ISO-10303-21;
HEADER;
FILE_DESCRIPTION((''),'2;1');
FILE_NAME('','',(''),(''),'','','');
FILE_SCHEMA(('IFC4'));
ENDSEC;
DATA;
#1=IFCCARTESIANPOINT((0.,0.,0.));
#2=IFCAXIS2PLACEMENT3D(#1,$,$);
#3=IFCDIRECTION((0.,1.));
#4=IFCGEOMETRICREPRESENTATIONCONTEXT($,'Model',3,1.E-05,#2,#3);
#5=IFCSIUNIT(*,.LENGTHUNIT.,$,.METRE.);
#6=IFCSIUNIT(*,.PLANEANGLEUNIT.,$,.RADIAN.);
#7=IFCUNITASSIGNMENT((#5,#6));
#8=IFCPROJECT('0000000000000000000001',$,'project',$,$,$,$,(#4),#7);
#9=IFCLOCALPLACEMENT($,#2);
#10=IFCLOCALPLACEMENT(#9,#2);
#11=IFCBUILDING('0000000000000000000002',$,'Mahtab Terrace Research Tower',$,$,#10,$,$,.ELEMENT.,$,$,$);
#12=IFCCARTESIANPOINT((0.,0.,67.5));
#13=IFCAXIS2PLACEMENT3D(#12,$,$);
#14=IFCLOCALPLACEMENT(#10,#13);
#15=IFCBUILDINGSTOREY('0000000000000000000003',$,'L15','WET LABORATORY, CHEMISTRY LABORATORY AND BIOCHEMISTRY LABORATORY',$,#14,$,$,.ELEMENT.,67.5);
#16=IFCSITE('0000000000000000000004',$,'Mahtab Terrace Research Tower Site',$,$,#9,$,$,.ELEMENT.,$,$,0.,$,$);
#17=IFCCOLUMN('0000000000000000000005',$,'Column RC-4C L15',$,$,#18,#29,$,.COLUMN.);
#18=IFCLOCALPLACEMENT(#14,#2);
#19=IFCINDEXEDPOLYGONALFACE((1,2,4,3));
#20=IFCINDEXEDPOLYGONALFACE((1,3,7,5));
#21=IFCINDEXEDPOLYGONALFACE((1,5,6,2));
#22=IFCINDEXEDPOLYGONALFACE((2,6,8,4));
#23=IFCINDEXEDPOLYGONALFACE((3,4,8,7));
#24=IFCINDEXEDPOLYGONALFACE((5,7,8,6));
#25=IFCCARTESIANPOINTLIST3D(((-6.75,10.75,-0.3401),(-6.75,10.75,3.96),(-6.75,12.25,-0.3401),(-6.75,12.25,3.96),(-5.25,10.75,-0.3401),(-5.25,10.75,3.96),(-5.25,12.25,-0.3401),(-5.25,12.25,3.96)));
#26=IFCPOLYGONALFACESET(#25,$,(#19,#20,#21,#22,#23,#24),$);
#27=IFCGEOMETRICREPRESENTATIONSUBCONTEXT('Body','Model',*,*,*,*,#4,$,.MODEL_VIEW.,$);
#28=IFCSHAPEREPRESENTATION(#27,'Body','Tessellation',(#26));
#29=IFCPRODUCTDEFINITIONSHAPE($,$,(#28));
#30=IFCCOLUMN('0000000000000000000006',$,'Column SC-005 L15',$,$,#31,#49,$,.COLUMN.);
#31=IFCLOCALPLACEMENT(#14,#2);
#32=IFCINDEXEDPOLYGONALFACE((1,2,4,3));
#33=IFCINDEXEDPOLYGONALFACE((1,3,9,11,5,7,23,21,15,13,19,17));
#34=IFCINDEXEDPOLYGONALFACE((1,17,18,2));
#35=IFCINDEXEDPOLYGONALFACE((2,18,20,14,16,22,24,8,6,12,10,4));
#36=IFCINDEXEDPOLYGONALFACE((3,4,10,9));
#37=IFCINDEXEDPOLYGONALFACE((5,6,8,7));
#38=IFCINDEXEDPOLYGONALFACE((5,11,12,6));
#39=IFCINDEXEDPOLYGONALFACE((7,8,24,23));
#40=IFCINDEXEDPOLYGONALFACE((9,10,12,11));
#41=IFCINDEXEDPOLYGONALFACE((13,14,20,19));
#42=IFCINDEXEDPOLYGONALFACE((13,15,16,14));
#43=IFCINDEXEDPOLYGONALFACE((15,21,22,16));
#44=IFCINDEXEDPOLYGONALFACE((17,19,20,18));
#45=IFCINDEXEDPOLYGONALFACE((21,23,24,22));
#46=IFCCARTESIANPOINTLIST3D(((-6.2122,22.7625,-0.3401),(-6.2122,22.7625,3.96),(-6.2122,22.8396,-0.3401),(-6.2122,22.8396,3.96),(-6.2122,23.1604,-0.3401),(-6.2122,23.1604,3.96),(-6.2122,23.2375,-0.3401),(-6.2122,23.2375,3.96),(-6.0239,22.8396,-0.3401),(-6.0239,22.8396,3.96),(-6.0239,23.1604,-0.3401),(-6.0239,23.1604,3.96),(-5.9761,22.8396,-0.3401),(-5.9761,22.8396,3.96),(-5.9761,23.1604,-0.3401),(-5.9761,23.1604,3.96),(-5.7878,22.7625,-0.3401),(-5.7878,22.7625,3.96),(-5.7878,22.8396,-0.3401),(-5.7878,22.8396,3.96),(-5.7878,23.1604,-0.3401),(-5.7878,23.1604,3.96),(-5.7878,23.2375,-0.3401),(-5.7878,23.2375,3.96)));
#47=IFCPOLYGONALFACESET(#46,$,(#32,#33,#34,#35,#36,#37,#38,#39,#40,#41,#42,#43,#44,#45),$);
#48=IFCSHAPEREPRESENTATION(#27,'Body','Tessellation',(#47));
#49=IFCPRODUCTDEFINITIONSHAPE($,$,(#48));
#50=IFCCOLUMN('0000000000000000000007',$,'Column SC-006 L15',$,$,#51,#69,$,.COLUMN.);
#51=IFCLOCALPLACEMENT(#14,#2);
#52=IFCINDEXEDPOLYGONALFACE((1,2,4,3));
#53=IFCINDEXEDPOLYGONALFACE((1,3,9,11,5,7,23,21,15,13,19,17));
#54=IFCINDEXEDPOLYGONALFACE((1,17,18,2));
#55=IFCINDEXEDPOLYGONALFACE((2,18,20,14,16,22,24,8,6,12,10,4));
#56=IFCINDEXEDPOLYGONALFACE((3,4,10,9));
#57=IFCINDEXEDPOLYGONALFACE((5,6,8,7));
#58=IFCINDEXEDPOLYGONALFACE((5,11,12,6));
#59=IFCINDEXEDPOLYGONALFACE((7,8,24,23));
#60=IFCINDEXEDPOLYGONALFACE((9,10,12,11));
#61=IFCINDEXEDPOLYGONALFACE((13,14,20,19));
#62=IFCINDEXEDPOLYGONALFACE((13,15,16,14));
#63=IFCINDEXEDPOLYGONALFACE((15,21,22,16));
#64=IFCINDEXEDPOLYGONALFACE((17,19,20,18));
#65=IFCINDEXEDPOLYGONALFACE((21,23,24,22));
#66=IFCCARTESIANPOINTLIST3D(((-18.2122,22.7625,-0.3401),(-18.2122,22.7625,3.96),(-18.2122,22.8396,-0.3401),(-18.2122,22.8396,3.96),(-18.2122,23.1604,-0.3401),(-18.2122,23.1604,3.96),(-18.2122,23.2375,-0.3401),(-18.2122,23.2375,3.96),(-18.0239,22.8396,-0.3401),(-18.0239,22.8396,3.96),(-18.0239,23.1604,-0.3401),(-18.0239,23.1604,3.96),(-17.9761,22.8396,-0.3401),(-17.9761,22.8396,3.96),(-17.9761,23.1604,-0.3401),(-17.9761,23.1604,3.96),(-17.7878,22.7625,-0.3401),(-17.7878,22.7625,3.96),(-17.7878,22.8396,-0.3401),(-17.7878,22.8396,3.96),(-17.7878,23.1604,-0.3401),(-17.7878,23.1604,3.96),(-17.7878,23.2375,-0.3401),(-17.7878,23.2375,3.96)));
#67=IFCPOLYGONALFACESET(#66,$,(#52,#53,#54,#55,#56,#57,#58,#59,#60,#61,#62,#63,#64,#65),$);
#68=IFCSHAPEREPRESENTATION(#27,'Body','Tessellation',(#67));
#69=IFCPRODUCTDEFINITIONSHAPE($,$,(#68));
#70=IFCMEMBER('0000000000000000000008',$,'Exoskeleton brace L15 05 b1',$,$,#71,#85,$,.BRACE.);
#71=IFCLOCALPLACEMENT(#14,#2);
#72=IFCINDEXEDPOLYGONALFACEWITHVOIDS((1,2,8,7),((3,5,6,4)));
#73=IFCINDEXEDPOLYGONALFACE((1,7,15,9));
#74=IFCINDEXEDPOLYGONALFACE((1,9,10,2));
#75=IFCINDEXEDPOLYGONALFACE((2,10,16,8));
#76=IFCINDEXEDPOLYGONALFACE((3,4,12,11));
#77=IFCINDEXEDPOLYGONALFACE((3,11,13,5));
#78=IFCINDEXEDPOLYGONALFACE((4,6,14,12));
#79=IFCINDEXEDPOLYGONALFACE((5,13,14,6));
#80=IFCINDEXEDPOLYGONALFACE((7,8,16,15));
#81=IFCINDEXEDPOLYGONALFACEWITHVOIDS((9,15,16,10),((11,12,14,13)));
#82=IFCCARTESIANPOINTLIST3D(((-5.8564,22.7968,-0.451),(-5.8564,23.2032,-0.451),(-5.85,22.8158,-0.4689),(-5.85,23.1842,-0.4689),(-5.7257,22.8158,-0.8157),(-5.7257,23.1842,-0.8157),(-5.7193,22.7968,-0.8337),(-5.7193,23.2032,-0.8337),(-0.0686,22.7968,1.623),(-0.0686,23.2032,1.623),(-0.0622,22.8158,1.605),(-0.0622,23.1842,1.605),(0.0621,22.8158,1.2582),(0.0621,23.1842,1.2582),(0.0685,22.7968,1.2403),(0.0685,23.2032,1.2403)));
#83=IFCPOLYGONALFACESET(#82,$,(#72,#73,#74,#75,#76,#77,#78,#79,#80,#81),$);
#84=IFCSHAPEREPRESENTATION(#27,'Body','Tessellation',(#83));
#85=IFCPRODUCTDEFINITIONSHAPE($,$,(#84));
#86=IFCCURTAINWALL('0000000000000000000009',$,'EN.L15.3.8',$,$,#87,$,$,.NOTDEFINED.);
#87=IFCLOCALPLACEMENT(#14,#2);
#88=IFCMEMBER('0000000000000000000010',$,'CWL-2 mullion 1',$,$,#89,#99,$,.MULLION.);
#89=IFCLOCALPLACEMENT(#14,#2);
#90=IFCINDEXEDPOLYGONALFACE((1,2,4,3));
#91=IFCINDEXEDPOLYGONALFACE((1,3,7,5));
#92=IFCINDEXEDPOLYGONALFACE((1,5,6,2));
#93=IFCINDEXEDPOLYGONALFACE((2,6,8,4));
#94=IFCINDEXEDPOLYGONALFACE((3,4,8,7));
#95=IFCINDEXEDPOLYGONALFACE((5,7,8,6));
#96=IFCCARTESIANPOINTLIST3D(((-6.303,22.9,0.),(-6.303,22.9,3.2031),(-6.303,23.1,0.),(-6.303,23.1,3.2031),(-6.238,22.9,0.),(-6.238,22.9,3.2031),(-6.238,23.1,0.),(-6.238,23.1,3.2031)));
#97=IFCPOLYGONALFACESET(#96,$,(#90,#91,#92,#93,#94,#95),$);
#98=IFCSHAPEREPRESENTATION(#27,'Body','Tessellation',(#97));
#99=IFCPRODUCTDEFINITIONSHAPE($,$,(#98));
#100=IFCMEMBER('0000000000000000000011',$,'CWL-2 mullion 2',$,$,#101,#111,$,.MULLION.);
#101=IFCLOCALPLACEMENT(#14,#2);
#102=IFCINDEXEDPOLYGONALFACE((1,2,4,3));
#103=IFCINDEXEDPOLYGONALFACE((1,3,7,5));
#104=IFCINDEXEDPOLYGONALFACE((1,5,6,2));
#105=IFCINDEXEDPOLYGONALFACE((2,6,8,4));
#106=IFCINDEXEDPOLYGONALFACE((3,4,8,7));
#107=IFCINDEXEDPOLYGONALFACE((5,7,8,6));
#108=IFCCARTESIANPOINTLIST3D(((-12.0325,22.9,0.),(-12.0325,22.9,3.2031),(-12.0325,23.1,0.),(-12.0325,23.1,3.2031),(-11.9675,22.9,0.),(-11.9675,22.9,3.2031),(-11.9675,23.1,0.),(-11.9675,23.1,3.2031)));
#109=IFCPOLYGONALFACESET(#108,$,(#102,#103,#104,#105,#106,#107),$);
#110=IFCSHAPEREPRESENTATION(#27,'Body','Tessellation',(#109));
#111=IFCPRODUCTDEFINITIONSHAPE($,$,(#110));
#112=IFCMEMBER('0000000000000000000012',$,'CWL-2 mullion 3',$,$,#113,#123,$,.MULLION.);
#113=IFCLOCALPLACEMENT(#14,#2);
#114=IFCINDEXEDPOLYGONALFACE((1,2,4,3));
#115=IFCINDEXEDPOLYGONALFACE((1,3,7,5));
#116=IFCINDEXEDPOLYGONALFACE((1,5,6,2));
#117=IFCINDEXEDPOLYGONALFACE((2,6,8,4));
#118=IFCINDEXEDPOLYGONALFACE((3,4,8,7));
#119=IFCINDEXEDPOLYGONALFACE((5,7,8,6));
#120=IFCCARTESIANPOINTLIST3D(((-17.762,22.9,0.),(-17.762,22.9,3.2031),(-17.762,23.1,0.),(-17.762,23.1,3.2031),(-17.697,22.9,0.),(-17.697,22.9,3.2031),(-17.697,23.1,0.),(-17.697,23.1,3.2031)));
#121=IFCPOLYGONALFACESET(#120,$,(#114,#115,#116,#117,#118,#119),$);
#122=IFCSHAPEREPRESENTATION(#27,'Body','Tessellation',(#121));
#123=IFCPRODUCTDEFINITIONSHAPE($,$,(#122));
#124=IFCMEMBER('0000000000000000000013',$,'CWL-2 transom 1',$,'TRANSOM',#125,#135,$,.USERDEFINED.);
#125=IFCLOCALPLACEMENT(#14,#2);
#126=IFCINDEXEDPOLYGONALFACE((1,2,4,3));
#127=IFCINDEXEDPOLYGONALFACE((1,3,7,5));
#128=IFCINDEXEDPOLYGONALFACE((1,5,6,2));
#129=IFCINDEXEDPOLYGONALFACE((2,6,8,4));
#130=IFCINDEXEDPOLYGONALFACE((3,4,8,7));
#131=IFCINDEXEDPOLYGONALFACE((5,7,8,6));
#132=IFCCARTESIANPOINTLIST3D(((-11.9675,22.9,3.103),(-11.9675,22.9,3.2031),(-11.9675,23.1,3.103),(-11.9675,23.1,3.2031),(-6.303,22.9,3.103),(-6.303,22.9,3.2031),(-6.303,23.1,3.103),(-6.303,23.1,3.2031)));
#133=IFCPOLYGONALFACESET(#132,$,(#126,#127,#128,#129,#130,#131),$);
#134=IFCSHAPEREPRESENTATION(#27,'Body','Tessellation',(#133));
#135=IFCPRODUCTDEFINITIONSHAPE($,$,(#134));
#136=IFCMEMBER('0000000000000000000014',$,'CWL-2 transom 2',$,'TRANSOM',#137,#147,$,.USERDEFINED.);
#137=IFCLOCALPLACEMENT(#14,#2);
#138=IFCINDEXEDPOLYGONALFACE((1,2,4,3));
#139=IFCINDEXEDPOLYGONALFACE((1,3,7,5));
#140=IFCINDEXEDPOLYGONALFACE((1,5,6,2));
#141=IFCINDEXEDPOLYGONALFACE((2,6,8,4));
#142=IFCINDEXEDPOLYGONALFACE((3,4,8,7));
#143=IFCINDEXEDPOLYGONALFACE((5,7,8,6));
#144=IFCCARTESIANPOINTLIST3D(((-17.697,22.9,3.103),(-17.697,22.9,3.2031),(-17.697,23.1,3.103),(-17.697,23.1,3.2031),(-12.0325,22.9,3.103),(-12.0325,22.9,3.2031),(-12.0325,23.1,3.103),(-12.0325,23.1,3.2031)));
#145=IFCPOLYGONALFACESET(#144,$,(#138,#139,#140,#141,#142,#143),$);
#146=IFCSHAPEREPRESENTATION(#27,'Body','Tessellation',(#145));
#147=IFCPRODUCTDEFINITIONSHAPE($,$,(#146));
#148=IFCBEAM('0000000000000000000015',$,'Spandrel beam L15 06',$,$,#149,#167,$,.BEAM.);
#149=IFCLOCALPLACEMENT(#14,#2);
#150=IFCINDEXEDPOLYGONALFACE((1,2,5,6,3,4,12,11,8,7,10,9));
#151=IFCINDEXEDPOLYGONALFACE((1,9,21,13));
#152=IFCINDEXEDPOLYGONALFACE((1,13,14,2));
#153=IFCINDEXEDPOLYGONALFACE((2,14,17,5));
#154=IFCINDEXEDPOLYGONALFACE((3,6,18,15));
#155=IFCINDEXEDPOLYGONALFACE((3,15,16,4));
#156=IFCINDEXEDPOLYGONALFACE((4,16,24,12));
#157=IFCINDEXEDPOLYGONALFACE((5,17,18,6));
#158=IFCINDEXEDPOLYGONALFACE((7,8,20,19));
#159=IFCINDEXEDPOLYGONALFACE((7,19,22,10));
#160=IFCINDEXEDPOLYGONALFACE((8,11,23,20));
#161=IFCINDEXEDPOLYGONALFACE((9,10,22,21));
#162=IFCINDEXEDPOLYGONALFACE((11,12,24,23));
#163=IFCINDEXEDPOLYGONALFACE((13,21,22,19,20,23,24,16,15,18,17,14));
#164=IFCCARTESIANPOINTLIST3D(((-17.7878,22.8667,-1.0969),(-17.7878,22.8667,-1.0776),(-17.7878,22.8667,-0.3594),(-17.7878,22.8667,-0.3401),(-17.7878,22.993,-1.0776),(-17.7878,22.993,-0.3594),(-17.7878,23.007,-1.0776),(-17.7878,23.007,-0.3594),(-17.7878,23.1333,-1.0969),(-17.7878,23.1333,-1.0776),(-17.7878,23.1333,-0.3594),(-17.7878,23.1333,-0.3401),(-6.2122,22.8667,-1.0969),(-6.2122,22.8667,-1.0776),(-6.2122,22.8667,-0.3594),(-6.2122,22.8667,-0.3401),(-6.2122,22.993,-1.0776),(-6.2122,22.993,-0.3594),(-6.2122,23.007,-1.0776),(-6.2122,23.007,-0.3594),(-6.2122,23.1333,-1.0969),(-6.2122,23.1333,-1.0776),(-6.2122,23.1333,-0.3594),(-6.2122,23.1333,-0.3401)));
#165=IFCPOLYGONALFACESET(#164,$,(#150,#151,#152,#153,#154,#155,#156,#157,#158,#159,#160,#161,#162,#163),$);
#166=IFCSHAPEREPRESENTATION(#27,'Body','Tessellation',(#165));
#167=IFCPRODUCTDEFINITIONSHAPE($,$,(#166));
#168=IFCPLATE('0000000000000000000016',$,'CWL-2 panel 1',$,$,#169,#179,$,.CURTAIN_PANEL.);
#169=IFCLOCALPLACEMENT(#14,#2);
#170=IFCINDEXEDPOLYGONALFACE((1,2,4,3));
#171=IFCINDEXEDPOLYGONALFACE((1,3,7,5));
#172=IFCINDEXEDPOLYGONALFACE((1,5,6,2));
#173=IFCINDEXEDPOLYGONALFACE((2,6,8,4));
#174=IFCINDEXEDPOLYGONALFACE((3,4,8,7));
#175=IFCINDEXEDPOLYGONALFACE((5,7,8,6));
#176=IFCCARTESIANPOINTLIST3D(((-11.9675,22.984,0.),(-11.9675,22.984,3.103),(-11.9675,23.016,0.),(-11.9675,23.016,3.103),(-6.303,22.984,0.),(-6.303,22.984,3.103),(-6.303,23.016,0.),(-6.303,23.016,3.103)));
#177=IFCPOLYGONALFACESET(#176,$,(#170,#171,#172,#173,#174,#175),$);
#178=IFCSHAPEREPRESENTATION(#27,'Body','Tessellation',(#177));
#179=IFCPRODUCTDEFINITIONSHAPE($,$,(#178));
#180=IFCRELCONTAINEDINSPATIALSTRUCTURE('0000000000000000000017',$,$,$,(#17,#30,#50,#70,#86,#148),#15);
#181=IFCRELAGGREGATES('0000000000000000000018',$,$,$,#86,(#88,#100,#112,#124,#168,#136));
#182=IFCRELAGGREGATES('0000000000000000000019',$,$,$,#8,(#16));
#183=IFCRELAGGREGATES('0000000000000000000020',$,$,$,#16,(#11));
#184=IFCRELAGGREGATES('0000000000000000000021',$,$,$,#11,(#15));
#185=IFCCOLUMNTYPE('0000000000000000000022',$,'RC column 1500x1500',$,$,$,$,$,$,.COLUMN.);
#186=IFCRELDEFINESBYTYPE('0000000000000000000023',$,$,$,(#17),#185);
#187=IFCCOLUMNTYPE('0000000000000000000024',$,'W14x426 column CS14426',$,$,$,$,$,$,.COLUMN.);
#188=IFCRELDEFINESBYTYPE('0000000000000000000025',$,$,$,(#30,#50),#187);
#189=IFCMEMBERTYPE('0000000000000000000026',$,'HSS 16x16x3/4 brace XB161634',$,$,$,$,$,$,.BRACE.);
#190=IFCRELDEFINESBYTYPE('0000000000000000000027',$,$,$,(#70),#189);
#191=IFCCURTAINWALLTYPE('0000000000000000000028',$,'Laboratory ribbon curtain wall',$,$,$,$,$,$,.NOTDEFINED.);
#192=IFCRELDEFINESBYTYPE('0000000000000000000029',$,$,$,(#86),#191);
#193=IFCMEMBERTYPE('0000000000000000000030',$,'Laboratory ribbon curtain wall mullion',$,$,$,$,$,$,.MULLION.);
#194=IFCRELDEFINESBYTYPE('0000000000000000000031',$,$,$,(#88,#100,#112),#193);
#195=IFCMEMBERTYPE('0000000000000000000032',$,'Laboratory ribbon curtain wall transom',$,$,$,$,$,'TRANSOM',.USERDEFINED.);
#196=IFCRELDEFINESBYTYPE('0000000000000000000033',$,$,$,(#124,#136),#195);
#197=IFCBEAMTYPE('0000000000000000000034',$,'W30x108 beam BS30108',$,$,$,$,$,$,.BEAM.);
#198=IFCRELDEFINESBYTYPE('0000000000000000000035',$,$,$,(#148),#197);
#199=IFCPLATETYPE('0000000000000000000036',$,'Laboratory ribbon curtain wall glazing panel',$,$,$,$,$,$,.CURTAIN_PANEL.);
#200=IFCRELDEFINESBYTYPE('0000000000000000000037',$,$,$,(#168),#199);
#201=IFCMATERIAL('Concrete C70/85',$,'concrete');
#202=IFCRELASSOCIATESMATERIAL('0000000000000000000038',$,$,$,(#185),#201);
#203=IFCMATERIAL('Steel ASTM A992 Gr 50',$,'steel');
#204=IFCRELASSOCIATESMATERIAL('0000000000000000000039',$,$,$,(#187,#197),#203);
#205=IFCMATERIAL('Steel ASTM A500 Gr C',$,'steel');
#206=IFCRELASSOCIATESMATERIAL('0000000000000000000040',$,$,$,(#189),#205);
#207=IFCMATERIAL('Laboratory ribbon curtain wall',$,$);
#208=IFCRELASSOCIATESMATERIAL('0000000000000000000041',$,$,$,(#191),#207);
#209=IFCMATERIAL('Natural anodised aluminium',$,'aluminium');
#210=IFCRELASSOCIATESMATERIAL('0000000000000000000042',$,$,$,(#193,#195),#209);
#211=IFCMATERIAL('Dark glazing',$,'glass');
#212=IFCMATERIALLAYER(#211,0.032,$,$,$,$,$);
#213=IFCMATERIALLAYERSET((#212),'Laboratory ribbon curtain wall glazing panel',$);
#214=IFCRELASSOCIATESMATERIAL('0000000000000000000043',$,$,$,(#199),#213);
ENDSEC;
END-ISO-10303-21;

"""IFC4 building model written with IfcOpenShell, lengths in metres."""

from ifc_helpers import new_model, si_unit, direction, frame, origin, origin_2d, place, context, subcontext, project, spatial, rectangle, hollow_rectangle, i_section, extrude, material, layer, layer_set, material_profile, profile_set, type_object, element, aggregate, save


model = new_model("IFC4")

# Units and contexts
model_context = context("Model", 3, precision=1e-05, world=origin(), true_north=direction((0.0, 1.0)))
body_context = subcontext(model_context, "Body", "Model", "MODEL_VIEW")
ifc_project = project(units=[si_unit("LENGTHUNIT", "METRE"), si_unit("PLANEANGLEUNIT", "RADIAN")], contexts=[model_context])

# Site, building, storey
site_placement = place(None, origin())
site = spatial("IfcSite", under=ifc_project, at=site_placement, Name="Mahtab Terrace Research Tower Site", CompositionType="ELEMENT", RefElevation=0.0)
building_placement = place(site_placement, origin())
building = spatial("IfcBuilding", under=site, at=building_placement, Name="Mahtab Terrace Research Tower", CompositionType="ELEMENT")
storey_placement = place(building_placement, frame((0.0, 0.0, 67.5)))
storey = spatial("IfcBuildingStorey", under=building, at=storey_placement, Name="L15", Description="WET LABORATORY, CHEMISTRY LABORATORY AND BIOCHEMISTRY LABORATORY", CompositionType="ELEMENT", Elevation=67.5)

# Columns
ifc_material_1 = material(Name="Concrete C70/85", Category="concrete")
ifc_material_profile_1 = material_profile(ifc_material_1, rectangle(XDim=1.5, YDim=1.5, at=origin_2d()), Name="RC column 1500x1500")
ifc_profile_set_1 = profile_set([ifc_material_profile_1], Name="Concrete C70/85")
column_type_1 = type_object("IfcColumnType", Name="RC column 1500x1500", PredefinedType="COLUMN", material=ifc_profile_set_1)
column_placement = place(storey_placement, frame((-6.0, 11.5, -0.3401), z_axis=(0.0, 0.0, 1.0), x_axis=(1.0, 0.0, 0.0)))
element("IfcColumn", 1, at=column_placement, inside=storey, type_object=column_type_1, Name="Column RC-4C L15", PredefinedType="COLUMN", context=body_context, shape_type="SweptSolid", body=[
    extrude(rectangle(XDim=1.5, YDim=1.5, at=origin_2d()), origin(), (0.0, 0.0, 1.0), 4.3),
])
ifc_material_2 = material(Name="Steel ASTM A992 Gr 50", Category="steel")
ifc_material_profile_2 = material_profile(ifc_material_2, i_section(OverallWidth=0.4243, OverallDepth=0.4751, WebThickness=0.0479, FlangeThickness=0.0771, at=origin_2d()), Name="W14X426")
ifc_profile_set_2 = profile_set([ifc_material_profile_2], Name="Steel ASTM A992 Gr 50")
column_type_2 = type_object("IfcColumnType", Name="W14x426 column CS14426", PredefinedType="COLUMN", material=ifc_profile_set_2)
for number, where, z_axis, x_axis, name in (
    (2, (-6.0, 23.0, -0.3401), (0.0, 0.0, 1.0), (1.0, 0.0, 0.0), "Column SC-005 L15"),
    (3, (-18.0, 23.0, -0.3401), (0.0, 0.0, 1.0), (1.0, 0.0, 0.0), "Column SC-006 L15"),
):
    element("IfcColumn", number, at=place(storey_placement, frame(where, z_axis=z_axis, x_axis=x_axis)), inside=storey, type_object=column_type_2, Name=name, PredefinedType="COLUMN", context=body_context, shape_type="SweptSolid", body=[
        extrude(i_section(OverallWidth=0.4243, OverallDepth=0.4751, WebThickness=0.0479, FlangeThickness=0.0771, at=origin_2d()), origin(), (0.0, 0.0, 1.0), 4.3),
    ])

# Member
ifc_material_3 = material(Name="Steel ASTM A500 Gr C", Category="steel")
ifc_material_profile_3 = material_profile(ifc_material_3, hollow_rectangle(XDim=0.4065, YDim=0.4065, WallThickness=0.019, at=origin_2d()), Name="HSS16X16X3/4")
ifc_profile_set_3 = profile_set([ifc_material_profile_3], Name="Steel ASTM A500 Gr C")
member_type_1 = type_object("IfcMemberType", Name="HSS 16x16x3/4 brace XB161634", PredefinedType="BRACE", material=ifc_profile_set_3)
member_1_placement = place(storey_placement, frame((-5.7878, 23.0, -0.6423), z_axis=(0.941387, 0.0, 0.33733), x_axis=(0.0, 1.0, 0.0)))
element("IfcMember", 4, at=member_1_placement, inside=storey, type_object=member_type_1, Name="Exoskeleton brace L15 05 b1", PredefinedType="BRACE", context=body_context, shape_type="SweptSolid", body=[
    extrude(hollow_rectangle(XDim=0.4065, YDim=0.4065, WallThickness=0.019, at=origin_2d()), origin(), (0.0, 0.0, 1.0), 6.1482),
])

# Curtain wall, members
ifc_material_4 = material(Name="Laboratory ribbon curtain wall")
curtain_wall_type = type_object("IfcCurtainWallType", Name="Laboratory ribbon curtain wall", PredefinedType="NOTDEFINED", material=ifc_material_4)
curtain_wall_placement = place(storey_placement, origin())
curtain_wall = element("IfcCurtainWall", 5, at=curtain_wall_placement, inside=storey, type_object=curtain_wall_type, Name="EN.L15.3.8", PredefinedType="NOTDEFINED")
ifc_material_5 = material(Name="Natural anodised aluminium", Category="aluminium")
ifc_material_profile_4 = material_profile(ifc_material_5, rectangle(XDim=0.2, YDim=0.0649, at=origin_2d()), Name="MULLION 65x200")
ifc_profile_set_4 = profile_set([ifc_material_profile_4], Name="Natural anodised aluminium")
member_type_2 = type_object("IfcMemberType", Name="Laboratory ribbon curtain wall mullion", PredefinedType="MULLION", material=ifc_profile_set_4)
member_2_placement = place(storey_placement, frame((-6.2705, 23.0, 0.0), z_axis=(0.0, 0.0, 1.0), x_axis=(0.0, -1.0, 0.0)))
member_2 = element("IfcMember", 6, at=member_2_placement, type_object=member_type_2, Name="CWL-2 mullion 1", PredefinedType="MULLION", context=body_context, shape_type="SweptSolid", body=[
    extrude(rectangle(XDim=0.2, YDim=0.0649, at=origin_2d()), origin(), (0.0, 0.0, 1.0), 3.2031),
])
member_3_placement = place(storey_placement, frame((-12.0, 23.0, 0.0), z_axis=(0.0, 0.0, 1.0), x_axis=(0.0, -1.0, 0.0)))
member_3 = element("IfcMember", 7, at=member_3_placement, type_object=member_type_2, Name="CWL-2 mullion 2", PredefinedType="MULLION", context=body_context, shape_type="SweptSolid", body=[
    extrude(rectangle(XDim=0.2, YDim=0.0649, at=origin_2d()), origin(), (0.0, 0.0, 1.0), 3.2031),
])
member_4_placement = place(storey_placement, frame((-17.7295, 23.0, 0.0), z_axis=(0.0, 0.0, 1.0), x_axis=(0.0, -1.0, 0.0)))
member_4 = element("IfcMember", 8, at=member_4_placement, type_object=member_type_2, Name="CWL-2 mullion 3", PredefinedType="MULLION", context=body_context, shape_type="SweptSolid", body=[
    extrude(rectangle(XDim=0.2, YDim=0.0649, at=origin_2d()), origin(), (0.0, 0.0, 1.0), 3.2031),
])
ifc_material_profile_5 = material_profile(ifc_material_5, rectangle(XDim=0.2, YDim=0.1001, at=origin_2d()), Name="TRANSOM 100x200")
ifc_profile_set_5 = profile_set([ifc_material_profile_5], Name="Natural anodised aluminium")
member_type_3 = type_object("IfcMemberType", Name="Laboratory ribbon curtain wall transom", ElementType="TRANSOM", PredefinedType="USERDEFINED", material=ifc_profile_set_5)
member_5_placement = place(storey_placement, frame((-6.303, 23.0, 3.1531), z_axis=(-1.0, 0.0, 0.0), x_axis=(0.0, -1.0, 0.0)))
member_5 = element("IfcMember", 9, at=member_5_placement, type_object=member_type_3, Name="CWL-2 transom 1", ObjectType="TRANSOM", PredefinedType="USERDEFINED", context=body_context, shape_type="SweptSolid", body=[
    extrude(rectangle(XDim=0.2, YDim=0.1001, at=origin_2d()), origin(), (0.0, 0.0, 1.0), 5.6646),
])
member_6_placement = place(storey_placement, frame((-12.0325, 23.0, 3.1531), z_axis=(-1.0, 0.0, 0.0), x_axis=(0.0, -1.0, 0.0)))
member_6 = element("IfcMember", 10, at=member_6_placement, type_object=member_type_3, Name="CWL-2 transom 2", ObjectType="TRANSOM", PredefinedType="USERDEFINED", context=body_context, shape_type="SweptSolid", body=[
    extrude(rectangle(XDim=0.2, YDim=0.1001, at=origin_2d()), origin(), (0.0, 0.0, 1.0), 5.6646),
])

# Beam
ifc_material_profile_6 = material_profile(ifc_material_2, i_section(OverallWidth=0.2666, OverallDepth=0.7568, WebThickness=0.0139, FlangeThickness=0.0193, at=origin_2d()), Name="W30X108")
ifc_profile_set_6 = profile_set([ifc_material_profile_6], Name="Steel ASTM A992 Gr 50")
beam_type = type_object("IfcBeamType", Name="W30x108 beam BS30108", PredefinedType="BEAM", material=ifc_profile_set_6)
beam_placement = place(storey_placement, frame((-6.2122, 23.0, -0.7185), z_axis=(-1.0, 0.0, 0.0), x_axis=(0.0, -1.0, 0.0)))
element("IfcBeam", 11, at=beam_placement, inside=storey, type_object=beam_type, Name="Spandrel beam L15 06", PredefinedType="BEAM", context=body_context, shape_type="SweptSolid", body=[
    extrude(i_section(OverallWidth=0.2666, OverallDepth=0.7568, WebThickness=0.0139, FlangeThickness=0.0193, at=origin_2d()), origin(), (0.0, 0.0, 1.0), 11.5757),
])

# Plate
ifc_material_6 = material(Name="Dark glazing", Category="glass")
ifc_layer_1 = layer(ifc_material_6, 0.032)
ifc_layer_set_1 = layer_set([ifc_layer_1], Name="Laboratory ribbon curtain wall glazing panel")
plate_type = type_object("IfcPlateType", Name="Laboratory ribbon curtain wall glazing panel", PredefinedType="CURTAIN_PANEL", material=ifc_layer_set_1)
plate_1_placement = place(storey_placement, frame((-9.1353, 23.0, 0.0), z_axis=(0.0, 0.0, 1.0), x_axis=(-1.0, 0.0, 0.0)))
plate_1 = element("IfcPlate", 12, at=plate_1_placement, type_object=plate_type, Name="CWL-2 panel 1", PredefinedType="CURTAIN_PANEL", context=body_context, shape_type="SweptSolid", body=[
    extrude(rectangle(XDim=5.6646, YDim=0.032, at=origin_2d()), origin(), (0.0, 0.0, 1.0), 3.103),
])
aggregate(curtain_wall, [member_2, member_3, member_4, member_5, plate_1, member_6])

save(model, "model.ifc")
